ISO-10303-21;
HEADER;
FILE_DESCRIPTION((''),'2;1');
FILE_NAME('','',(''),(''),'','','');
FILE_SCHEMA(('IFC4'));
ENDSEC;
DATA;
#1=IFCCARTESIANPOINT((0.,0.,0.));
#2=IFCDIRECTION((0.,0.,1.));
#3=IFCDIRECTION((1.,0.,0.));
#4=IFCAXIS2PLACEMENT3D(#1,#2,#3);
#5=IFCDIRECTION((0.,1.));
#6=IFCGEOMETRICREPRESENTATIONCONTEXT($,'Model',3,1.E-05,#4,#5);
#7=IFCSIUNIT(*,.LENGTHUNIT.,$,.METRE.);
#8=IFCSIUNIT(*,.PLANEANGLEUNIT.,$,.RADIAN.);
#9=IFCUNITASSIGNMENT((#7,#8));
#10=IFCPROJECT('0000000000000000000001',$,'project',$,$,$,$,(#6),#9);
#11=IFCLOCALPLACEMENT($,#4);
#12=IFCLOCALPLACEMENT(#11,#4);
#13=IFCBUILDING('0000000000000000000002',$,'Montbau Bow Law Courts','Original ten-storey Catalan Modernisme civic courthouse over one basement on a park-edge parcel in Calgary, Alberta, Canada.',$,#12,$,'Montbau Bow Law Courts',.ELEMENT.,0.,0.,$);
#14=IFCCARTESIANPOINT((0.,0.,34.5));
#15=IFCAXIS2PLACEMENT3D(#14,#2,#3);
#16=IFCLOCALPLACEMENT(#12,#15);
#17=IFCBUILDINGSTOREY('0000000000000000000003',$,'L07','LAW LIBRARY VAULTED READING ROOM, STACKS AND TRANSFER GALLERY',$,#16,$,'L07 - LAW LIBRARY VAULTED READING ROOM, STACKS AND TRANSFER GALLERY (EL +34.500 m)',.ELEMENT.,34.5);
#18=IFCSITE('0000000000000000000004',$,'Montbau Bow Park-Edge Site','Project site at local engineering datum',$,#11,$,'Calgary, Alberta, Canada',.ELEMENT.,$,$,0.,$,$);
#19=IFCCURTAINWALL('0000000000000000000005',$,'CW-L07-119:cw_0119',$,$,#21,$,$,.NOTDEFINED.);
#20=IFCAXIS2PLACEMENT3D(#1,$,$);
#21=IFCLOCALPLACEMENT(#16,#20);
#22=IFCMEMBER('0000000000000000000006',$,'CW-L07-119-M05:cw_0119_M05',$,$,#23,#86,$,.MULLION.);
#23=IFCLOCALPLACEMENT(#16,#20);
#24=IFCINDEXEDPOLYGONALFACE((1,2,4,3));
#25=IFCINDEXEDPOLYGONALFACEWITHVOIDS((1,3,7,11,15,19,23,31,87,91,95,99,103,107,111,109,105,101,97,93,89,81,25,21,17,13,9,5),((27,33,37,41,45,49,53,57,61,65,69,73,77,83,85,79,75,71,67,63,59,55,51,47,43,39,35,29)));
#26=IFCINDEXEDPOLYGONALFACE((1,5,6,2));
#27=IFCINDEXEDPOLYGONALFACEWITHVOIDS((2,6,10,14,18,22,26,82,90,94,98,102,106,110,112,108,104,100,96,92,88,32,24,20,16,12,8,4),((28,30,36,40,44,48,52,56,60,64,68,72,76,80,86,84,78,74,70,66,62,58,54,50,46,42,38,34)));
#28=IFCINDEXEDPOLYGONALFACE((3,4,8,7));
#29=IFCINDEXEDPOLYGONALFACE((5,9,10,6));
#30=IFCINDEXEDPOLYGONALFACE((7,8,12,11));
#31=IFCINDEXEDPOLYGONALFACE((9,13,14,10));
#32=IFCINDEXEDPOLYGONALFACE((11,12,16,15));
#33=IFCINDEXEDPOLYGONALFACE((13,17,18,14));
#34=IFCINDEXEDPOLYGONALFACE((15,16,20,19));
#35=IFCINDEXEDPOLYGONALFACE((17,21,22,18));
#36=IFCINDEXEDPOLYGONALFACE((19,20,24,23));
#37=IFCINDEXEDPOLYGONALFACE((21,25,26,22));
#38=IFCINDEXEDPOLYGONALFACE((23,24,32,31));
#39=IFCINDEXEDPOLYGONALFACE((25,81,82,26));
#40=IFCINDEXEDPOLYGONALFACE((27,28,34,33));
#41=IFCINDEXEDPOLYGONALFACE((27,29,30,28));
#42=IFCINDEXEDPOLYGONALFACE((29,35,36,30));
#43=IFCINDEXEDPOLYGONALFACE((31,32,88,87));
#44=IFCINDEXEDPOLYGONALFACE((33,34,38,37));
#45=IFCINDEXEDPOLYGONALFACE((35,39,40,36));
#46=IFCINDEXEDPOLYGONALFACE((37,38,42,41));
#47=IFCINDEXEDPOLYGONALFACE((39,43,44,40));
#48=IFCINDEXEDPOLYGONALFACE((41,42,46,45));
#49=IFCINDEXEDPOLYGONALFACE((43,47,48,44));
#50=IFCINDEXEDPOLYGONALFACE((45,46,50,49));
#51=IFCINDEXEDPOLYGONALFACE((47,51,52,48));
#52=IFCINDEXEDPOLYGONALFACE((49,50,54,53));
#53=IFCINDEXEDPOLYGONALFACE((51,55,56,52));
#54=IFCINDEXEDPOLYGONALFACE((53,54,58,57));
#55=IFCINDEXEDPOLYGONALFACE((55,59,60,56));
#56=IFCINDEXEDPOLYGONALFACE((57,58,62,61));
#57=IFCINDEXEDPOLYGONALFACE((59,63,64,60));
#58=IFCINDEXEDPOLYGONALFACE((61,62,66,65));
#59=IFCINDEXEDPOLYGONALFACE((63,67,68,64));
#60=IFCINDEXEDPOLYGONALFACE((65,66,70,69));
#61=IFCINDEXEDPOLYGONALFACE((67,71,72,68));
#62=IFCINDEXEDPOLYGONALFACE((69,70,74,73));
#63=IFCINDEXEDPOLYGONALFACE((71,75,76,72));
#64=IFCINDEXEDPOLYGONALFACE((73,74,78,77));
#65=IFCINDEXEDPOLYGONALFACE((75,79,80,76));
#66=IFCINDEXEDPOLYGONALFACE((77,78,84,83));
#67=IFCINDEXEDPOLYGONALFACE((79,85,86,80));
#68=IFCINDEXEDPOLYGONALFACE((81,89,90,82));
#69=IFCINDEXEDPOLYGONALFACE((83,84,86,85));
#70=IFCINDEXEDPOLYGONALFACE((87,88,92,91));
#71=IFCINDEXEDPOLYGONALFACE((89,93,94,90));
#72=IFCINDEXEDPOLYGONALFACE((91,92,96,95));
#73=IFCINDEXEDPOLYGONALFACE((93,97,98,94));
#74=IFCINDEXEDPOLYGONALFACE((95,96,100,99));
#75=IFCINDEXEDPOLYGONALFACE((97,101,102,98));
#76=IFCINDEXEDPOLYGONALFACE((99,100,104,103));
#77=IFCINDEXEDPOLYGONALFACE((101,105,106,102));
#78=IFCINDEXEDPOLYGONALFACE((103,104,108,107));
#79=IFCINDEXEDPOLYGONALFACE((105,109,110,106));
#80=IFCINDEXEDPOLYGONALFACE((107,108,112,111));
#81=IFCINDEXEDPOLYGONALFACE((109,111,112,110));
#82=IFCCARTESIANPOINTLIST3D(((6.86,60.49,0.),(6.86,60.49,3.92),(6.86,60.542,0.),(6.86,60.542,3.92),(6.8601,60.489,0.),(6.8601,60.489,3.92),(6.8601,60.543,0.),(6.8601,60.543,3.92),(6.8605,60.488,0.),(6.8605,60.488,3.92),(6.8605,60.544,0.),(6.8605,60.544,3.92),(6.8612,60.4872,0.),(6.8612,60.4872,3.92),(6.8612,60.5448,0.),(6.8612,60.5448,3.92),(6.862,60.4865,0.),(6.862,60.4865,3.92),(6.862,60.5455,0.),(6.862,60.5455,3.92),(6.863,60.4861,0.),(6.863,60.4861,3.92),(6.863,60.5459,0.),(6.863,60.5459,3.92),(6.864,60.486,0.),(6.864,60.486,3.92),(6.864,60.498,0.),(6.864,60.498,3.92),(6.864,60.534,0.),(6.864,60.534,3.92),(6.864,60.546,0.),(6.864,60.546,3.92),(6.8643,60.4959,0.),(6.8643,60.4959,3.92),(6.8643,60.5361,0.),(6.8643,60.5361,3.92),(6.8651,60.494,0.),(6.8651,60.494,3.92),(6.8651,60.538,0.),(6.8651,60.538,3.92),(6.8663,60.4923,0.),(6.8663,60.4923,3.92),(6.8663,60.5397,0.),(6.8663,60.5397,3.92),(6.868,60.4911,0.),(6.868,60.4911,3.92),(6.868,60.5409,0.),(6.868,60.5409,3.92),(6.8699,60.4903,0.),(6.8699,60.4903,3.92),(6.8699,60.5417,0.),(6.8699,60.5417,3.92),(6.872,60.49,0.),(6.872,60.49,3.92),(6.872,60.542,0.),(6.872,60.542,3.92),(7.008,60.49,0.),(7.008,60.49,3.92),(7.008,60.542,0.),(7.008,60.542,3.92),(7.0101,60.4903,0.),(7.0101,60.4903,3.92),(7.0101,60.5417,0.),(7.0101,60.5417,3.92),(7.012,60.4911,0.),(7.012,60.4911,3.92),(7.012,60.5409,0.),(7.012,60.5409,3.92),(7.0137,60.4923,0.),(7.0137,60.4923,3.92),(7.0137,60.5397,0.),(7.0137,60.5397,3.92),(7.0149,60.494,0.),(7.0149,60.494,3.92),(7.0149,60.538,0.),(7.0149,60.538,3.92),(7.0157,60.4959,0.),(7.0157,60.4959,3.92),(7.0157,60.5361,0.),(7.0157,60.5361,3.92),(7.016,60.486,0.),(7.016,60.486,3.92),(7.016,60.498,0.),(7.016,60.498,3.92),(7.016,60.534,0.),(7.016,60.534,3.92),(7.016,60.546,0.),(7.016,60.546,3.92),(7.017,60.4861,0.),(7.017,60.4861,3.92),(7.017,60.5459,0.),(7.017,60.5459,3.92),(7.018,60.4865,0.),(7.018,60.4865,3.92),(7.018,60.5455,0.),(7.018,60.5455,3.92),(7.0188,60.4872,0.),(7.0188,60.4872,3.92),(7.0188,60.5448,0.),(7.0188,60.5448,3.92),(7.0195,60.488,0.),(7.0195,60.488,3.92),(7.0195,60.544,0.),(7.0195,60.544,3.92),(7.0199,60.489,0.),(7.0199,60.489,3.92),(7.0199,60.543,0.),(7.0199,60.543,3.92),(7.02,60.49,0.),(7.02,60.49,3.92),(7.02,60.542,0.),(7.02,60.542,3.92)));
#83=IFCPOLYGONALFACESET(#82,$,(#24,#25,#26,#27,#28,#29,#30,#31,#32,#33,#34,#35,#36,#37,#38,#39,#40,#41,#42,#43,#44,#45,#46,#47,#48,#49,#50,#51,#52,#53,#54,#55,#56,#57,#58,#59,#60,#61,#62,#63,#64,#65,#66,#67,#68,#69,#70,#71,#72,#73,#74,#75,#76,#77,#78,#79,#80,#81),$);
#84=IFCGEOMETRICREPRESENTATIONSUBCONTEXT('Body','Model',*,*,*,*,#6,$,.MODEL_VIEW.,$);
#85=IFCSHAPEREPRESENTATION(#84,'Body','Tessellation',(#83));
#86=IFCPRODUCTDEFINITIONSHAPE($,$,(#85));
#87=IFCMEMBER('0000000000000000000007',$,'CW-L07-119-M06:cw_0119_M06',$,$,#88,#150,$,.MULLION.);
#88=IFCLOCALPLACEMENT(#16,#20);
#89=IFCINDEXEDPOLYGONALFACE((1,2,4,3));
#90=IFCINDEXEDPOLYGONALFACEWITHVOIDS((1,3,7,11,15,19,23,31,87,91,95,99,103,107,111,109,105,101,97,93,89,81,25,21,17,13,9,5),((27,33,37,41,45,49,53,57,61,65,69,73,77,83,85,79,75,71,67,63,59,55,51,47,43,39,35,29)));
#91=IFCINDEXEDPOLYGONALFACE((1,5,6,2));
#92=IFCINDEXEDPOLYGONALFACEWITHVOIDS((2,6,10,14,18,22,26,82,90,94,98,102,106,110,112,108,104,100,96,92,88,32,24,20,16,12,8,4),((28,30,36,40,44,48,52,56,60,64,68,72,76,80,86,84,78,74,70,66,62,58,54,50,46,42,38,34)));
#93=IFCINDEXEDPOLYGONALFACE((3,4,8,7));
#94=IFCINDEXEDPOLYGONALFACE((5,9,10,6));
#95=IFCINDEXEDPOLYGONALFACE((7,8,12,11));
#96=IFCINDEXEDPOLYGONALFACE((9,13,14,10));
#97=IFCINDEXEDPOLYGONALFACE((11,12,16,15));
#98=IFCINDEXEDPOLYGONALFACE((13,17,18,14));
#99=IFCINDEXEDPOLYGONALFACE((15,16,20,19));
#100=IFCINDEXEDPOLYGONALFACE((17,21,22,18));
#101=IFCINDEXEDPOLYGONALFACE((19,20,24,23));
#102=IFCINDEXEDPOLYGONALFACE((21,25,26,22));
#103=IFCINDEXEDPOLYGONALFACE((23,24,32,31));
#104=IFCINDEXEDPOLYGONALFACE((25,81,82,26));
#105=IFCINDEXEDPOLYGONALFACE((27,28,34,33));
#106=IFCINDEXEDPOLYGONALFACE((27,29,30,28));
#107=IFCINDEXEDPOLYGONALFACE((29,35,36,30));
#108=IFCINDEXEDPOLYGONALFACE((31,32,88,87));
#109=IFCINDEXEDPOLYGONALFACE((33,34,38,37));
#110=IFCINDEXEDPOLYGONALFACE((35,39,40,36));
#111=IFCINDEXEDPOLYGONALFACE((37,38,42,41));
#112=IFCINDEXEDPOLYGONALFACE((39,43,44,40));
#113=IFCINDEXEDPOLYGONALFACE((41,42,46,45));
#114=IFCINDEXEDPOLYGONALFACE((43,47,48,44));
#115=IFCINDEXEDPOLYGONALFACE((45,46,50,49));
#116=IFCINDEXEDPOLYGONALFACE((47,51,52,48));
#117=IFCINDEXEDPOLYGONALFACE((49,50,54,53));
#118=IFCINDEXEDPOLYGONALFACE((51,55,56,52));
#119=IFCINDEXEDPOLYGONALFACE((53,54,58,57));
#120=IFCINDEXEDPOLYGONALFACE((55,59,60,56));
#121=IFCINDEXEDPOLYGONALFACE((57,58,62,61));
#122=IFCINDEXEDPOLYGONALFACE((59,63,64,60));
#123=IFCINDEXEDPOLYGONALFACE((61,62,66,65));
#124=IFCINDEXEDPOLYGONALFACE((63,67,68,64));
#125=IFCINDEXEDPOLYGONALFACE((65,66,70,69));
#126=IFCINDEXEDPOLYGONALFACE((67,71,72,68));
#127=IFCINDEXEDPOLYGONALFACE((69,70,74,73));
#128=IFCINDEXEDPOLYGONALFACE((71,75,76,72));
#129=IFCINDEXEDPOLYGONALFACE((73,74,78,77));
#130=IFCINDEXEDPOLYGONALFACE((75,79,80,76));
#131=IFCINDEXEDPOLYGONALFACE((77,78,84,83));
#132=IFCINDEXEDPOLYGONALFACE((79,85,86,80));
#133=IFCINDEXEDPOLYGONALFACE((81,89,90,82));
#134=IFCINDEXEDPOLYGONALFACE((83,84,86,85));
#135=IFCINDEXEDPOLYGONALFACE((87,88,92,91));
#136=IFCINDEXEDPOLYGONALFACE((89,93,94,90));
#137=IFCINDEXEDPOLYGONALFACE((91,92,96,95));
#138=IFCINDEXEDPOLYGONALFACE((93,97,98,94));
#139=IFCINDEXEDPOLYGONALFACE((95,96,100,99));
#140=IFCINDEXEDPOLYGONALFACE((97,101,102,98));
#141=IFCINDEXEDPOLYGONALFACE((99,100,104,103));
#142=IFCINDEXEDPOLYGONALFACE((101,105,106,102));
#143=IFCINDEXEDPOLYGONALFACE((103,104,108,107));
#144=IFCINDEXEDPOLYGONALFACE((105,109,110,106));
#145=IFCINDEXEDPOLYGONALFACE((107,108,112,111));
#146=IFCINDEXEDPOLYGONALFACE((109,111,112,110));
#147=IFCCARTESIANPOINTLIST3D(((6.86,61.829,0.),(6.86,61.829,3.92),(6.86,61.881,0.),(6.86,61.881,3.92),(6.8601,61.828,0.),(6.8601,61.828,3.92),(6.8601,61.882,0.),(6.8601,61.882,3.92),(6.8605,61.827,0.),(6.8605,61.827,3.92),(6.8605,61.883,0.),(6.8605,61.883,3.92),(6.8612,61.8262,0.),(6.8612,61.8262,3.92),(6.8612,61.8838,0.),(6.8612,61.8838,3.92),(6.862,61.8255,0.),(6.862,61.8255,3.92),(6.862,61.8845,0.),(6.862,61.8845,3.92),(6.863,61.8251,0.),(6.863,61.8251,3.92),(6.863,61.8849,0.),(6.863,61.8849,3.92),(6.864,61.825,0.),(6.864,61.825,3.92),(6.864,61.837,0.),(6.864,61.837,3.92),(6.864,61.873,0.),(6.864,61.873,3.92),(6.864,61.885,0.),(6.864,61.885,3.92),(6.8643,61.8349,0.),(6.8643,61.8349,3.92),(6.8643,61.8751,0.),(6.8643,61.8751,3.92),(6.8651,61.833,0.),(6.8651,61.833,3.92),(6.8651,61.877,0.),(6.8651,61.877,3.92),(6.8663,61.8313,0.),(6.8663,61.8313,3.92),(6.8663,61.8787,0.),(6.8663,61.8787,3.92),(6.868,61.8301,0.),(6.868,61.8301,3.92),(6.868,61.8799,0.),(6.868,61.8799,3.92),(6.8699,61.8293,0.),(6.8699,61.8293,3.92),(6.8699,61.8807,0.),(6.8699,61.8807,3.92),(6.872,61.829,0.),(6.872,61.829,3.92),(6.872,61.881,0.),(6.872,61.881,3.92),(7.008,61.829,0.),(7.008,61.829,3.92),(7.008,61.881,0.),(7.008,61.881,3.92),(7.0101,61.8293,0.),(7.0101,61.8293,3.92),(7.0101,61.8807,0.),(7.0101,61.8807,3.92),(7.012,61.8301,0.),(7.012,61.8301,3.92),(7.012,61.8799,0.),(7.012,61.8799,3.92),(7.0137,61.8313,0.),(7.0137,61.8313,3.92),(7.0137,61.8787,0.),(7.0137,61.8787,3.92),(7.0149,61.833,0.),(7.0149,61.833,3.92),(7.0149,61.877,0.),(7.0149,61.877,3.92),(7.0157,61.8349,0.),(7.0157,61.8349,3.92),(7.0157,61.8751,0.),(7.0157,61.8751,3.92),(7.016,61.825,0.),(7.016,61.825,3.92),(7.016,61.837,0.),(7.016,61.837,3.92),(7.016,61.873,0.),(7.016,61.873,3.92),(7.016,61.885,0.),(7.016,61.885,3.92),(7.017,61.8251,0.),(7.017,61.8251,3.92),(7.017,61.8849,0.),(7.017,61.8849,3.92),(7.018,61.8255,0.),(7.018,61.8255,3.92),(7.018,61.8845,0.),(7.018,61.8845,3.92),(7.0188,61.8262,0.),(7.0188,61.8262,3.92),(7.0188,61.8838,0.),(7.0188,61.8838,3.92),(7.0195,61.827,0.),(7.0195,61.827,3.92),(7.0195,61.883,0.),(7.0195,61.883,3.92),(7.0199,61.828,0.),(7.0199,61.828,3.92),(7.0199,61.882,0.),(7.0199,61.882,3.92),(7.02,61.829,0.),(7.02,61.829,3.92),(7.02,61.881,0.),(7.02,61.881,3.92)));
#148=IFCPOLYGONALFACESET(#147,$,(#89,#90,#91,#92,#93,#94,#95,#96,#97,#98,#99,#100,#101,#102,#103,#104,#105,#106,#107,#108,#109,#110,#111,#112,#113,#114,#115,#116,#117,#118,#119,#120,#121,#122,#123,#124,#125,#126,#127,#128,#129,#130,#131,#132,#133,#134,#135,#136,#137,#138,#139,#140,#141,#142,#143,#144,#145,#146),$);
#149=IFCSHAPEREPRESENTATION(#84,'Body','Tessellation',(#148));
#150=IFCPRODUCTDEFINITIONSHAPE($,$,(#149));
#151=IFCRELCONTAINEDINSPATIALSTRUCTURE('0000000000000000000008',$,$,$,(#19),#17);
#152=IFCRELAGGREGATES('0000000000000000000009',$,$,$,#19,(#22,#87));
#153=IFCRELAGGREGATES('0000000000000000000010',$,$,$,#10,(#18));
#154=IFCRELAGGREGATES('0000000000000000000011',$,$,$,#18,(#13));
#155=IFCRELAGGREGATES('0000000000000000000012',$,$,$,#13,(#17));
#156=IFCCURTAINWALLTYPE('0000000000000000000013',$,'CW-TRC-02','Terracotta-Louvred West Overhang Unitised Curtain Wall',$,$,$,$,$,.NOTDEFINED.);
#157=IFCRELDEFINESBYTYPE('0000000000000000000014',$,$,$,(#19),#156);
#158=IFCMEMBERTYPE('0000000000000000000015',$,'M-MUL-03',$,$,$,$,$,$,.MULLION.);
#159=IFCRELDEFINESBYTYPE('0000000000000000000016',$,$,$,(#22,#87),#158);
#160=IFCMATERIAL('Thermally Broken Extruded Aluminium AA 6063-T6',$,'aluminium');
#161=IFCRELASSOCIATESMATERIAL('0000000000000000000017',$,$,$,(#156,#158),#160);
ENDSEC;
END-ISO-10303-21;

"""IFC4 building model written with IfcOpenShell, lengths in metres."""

from ifc_helpers import new_model, si_unit, direction, frame, origin_with_axes, origin_2d_with_axis, place, context, subcontext, project, spatial, hollow_rectangle, extrude, material, material_profile, profile_set, type_object, element, aggregate, save


model = new_model("IFC4")

# Units and contexts
model_context = context("Model", 3, precision=1e-05, world=origin_with_axes(), true_north=direction((0.0, 1.0)))
body_context = subcontext(model_context, "Body", "Model", "MODEL_VIEW")
ifc_project = project(units=[si_unit("LENGTHUNIT", "METRE"), si_unit("PLANEANGLEUNIT", "RADIAN")], contexts=[model_context])

# Site, building, storey
site_placement = place(None, origin_with_axes())
site = spatial("IfcSite", under=ifc_project, at=site_placement, Name="Montbau Bow Park-Edge Site", Description="Project site at local engineering datum", LongName="Calgary, Alberta, Canada", CompositionType="ELEMENT", RefElevation=0.0)
building_placement = place(site_placement, origin_with_axes())
building = spatial("IfcBuilding", under=site, at=building_placement, Name="Montbau Bow Law Courts", Description="Original ten-storey Catalan Modernisme civic courthouse over one basement on a park-edge parcel in Calgary, Alberta, Canada.", LongName="Montbau Bow Law Courts", CompositionType="ELEMENT", ElevationOfRefHeight=0.0, ElevationOfTerrain=0.0)
storey_placement = place(building_placement, frame((0.0, 0.0, 34.5), z_axis=(0.0, 0.0, 1.0), x_axis=(1.0, 0.0, 0.0)))
storey = spatial("IfcBuildingStorey", under=building, at=storey_placement, Name="L07", Description="LAW LIBRARY VAULTED READING ROOM, STACKS AND TRANSFER GALLERY", LongName="L07 - LAW LIBRARY VAULTED READING ROOM, STACKS AND TRANSFER GALLERY (EL +34.500 m)", CompositionType="ELEMENT", Elevation=34.5)

# Shared definitions
ifc_material_1 = material(Name="Thermally Broken Extruded Aluminium AA 6063-T6", Category="aluminium")
curtain_wall_type = type_object("IfcCurtainWallType", Name="CW-TRC-02", Description="Terracotta-Louvred West Overhang Unitised Curtain Wall", PredefinedType="NOTDEFINED", material=ifc_material_1)

# Curtain wall, members
curtain_wall_1_placement = place(None, frame((6.94, 55.04, 34.5), z_axis=(0.0, 0.0, 1.0), x_axis=(1.0, 0.0, 0.0)))
curtain_wall_1 = element("IfcCurtainWall", 1, at=curtain_wall_1_placement, inside=storey, type_object=curtain_wall_type, Name="CW-L07-119:cw_0119", PredefinedType="NOTDEFINED")
ifc_material_profile_1 = material_profile(ifc_material_1, hollow_rectangle(XDim=0.06, YDim=0.16, WallThickness=0.004, InnerFilletRadius=0.008, OuterFilletRadius=0.004, at=origin_2d_with_axis()), Name="CWM-160X60", Category="Main", Priority=0)
ifc_profile_set_1 = profile_set([ifc_material_profile_1], Name="Thermally Broken Extruded Aluminium AA 6063-T6")
member_type_1 = type_object("IfcMemberType", Name="M-MUL-03", PredefinedType="MULLION", material=ifc_profile_set_1)
member_1_placement = place(None, frame((6.94, 60.516, 34.5), z_axis=(0.0, 0.0, 1.0), x_axis=(0.0, 1.0, 0.0)))
member_1 = element("IfcMember", 2, at=member_1_placement, type_object=member_type_1, Name="CW-L07-119-M05:cw_0119_M05", PredefinedType="MULLION", context=body_context, shape_type="SweptSolid", body=[
    extrude(hollow_rectangle(XDim=0.06, YDim=0.16, WallThickness=0.004, InnerFilletRadius=0.008, OuterFilletRadius=0.004, at=origin_2d_with_axis()), origin_with_axes(), (0.0, 0.0, 1.0), 3.92),
])
member_2_placement = place(None, frame((6.94, 61.855, 34.5), z_axis=(0.0, 0.0, 1.0), x_axis=(0.0, 1.0, 0.0)))
member_2 = element("IfcMember", 3, at=member_2_placement, type_object=member_type_1, Name="CW-L07-119-M06:cw_0119_M06", PredefinedType="MULLION", context=body_context, shape_type="SweptSolid", body=[
    extrude(hollow_rectangle(XDim=0.06, YDim=0.16, WallThickness=0.004, InnerFilletRadius=0.008, OuterFilletRadius=0.004, at=origin_2d_with_axis()), origin_with_axes(), (0.0, 0.0, 1.0), 3.92),
])

aggregate(curtain_wall_1, [member_1, member_2])

save(model, "model.ifc")
